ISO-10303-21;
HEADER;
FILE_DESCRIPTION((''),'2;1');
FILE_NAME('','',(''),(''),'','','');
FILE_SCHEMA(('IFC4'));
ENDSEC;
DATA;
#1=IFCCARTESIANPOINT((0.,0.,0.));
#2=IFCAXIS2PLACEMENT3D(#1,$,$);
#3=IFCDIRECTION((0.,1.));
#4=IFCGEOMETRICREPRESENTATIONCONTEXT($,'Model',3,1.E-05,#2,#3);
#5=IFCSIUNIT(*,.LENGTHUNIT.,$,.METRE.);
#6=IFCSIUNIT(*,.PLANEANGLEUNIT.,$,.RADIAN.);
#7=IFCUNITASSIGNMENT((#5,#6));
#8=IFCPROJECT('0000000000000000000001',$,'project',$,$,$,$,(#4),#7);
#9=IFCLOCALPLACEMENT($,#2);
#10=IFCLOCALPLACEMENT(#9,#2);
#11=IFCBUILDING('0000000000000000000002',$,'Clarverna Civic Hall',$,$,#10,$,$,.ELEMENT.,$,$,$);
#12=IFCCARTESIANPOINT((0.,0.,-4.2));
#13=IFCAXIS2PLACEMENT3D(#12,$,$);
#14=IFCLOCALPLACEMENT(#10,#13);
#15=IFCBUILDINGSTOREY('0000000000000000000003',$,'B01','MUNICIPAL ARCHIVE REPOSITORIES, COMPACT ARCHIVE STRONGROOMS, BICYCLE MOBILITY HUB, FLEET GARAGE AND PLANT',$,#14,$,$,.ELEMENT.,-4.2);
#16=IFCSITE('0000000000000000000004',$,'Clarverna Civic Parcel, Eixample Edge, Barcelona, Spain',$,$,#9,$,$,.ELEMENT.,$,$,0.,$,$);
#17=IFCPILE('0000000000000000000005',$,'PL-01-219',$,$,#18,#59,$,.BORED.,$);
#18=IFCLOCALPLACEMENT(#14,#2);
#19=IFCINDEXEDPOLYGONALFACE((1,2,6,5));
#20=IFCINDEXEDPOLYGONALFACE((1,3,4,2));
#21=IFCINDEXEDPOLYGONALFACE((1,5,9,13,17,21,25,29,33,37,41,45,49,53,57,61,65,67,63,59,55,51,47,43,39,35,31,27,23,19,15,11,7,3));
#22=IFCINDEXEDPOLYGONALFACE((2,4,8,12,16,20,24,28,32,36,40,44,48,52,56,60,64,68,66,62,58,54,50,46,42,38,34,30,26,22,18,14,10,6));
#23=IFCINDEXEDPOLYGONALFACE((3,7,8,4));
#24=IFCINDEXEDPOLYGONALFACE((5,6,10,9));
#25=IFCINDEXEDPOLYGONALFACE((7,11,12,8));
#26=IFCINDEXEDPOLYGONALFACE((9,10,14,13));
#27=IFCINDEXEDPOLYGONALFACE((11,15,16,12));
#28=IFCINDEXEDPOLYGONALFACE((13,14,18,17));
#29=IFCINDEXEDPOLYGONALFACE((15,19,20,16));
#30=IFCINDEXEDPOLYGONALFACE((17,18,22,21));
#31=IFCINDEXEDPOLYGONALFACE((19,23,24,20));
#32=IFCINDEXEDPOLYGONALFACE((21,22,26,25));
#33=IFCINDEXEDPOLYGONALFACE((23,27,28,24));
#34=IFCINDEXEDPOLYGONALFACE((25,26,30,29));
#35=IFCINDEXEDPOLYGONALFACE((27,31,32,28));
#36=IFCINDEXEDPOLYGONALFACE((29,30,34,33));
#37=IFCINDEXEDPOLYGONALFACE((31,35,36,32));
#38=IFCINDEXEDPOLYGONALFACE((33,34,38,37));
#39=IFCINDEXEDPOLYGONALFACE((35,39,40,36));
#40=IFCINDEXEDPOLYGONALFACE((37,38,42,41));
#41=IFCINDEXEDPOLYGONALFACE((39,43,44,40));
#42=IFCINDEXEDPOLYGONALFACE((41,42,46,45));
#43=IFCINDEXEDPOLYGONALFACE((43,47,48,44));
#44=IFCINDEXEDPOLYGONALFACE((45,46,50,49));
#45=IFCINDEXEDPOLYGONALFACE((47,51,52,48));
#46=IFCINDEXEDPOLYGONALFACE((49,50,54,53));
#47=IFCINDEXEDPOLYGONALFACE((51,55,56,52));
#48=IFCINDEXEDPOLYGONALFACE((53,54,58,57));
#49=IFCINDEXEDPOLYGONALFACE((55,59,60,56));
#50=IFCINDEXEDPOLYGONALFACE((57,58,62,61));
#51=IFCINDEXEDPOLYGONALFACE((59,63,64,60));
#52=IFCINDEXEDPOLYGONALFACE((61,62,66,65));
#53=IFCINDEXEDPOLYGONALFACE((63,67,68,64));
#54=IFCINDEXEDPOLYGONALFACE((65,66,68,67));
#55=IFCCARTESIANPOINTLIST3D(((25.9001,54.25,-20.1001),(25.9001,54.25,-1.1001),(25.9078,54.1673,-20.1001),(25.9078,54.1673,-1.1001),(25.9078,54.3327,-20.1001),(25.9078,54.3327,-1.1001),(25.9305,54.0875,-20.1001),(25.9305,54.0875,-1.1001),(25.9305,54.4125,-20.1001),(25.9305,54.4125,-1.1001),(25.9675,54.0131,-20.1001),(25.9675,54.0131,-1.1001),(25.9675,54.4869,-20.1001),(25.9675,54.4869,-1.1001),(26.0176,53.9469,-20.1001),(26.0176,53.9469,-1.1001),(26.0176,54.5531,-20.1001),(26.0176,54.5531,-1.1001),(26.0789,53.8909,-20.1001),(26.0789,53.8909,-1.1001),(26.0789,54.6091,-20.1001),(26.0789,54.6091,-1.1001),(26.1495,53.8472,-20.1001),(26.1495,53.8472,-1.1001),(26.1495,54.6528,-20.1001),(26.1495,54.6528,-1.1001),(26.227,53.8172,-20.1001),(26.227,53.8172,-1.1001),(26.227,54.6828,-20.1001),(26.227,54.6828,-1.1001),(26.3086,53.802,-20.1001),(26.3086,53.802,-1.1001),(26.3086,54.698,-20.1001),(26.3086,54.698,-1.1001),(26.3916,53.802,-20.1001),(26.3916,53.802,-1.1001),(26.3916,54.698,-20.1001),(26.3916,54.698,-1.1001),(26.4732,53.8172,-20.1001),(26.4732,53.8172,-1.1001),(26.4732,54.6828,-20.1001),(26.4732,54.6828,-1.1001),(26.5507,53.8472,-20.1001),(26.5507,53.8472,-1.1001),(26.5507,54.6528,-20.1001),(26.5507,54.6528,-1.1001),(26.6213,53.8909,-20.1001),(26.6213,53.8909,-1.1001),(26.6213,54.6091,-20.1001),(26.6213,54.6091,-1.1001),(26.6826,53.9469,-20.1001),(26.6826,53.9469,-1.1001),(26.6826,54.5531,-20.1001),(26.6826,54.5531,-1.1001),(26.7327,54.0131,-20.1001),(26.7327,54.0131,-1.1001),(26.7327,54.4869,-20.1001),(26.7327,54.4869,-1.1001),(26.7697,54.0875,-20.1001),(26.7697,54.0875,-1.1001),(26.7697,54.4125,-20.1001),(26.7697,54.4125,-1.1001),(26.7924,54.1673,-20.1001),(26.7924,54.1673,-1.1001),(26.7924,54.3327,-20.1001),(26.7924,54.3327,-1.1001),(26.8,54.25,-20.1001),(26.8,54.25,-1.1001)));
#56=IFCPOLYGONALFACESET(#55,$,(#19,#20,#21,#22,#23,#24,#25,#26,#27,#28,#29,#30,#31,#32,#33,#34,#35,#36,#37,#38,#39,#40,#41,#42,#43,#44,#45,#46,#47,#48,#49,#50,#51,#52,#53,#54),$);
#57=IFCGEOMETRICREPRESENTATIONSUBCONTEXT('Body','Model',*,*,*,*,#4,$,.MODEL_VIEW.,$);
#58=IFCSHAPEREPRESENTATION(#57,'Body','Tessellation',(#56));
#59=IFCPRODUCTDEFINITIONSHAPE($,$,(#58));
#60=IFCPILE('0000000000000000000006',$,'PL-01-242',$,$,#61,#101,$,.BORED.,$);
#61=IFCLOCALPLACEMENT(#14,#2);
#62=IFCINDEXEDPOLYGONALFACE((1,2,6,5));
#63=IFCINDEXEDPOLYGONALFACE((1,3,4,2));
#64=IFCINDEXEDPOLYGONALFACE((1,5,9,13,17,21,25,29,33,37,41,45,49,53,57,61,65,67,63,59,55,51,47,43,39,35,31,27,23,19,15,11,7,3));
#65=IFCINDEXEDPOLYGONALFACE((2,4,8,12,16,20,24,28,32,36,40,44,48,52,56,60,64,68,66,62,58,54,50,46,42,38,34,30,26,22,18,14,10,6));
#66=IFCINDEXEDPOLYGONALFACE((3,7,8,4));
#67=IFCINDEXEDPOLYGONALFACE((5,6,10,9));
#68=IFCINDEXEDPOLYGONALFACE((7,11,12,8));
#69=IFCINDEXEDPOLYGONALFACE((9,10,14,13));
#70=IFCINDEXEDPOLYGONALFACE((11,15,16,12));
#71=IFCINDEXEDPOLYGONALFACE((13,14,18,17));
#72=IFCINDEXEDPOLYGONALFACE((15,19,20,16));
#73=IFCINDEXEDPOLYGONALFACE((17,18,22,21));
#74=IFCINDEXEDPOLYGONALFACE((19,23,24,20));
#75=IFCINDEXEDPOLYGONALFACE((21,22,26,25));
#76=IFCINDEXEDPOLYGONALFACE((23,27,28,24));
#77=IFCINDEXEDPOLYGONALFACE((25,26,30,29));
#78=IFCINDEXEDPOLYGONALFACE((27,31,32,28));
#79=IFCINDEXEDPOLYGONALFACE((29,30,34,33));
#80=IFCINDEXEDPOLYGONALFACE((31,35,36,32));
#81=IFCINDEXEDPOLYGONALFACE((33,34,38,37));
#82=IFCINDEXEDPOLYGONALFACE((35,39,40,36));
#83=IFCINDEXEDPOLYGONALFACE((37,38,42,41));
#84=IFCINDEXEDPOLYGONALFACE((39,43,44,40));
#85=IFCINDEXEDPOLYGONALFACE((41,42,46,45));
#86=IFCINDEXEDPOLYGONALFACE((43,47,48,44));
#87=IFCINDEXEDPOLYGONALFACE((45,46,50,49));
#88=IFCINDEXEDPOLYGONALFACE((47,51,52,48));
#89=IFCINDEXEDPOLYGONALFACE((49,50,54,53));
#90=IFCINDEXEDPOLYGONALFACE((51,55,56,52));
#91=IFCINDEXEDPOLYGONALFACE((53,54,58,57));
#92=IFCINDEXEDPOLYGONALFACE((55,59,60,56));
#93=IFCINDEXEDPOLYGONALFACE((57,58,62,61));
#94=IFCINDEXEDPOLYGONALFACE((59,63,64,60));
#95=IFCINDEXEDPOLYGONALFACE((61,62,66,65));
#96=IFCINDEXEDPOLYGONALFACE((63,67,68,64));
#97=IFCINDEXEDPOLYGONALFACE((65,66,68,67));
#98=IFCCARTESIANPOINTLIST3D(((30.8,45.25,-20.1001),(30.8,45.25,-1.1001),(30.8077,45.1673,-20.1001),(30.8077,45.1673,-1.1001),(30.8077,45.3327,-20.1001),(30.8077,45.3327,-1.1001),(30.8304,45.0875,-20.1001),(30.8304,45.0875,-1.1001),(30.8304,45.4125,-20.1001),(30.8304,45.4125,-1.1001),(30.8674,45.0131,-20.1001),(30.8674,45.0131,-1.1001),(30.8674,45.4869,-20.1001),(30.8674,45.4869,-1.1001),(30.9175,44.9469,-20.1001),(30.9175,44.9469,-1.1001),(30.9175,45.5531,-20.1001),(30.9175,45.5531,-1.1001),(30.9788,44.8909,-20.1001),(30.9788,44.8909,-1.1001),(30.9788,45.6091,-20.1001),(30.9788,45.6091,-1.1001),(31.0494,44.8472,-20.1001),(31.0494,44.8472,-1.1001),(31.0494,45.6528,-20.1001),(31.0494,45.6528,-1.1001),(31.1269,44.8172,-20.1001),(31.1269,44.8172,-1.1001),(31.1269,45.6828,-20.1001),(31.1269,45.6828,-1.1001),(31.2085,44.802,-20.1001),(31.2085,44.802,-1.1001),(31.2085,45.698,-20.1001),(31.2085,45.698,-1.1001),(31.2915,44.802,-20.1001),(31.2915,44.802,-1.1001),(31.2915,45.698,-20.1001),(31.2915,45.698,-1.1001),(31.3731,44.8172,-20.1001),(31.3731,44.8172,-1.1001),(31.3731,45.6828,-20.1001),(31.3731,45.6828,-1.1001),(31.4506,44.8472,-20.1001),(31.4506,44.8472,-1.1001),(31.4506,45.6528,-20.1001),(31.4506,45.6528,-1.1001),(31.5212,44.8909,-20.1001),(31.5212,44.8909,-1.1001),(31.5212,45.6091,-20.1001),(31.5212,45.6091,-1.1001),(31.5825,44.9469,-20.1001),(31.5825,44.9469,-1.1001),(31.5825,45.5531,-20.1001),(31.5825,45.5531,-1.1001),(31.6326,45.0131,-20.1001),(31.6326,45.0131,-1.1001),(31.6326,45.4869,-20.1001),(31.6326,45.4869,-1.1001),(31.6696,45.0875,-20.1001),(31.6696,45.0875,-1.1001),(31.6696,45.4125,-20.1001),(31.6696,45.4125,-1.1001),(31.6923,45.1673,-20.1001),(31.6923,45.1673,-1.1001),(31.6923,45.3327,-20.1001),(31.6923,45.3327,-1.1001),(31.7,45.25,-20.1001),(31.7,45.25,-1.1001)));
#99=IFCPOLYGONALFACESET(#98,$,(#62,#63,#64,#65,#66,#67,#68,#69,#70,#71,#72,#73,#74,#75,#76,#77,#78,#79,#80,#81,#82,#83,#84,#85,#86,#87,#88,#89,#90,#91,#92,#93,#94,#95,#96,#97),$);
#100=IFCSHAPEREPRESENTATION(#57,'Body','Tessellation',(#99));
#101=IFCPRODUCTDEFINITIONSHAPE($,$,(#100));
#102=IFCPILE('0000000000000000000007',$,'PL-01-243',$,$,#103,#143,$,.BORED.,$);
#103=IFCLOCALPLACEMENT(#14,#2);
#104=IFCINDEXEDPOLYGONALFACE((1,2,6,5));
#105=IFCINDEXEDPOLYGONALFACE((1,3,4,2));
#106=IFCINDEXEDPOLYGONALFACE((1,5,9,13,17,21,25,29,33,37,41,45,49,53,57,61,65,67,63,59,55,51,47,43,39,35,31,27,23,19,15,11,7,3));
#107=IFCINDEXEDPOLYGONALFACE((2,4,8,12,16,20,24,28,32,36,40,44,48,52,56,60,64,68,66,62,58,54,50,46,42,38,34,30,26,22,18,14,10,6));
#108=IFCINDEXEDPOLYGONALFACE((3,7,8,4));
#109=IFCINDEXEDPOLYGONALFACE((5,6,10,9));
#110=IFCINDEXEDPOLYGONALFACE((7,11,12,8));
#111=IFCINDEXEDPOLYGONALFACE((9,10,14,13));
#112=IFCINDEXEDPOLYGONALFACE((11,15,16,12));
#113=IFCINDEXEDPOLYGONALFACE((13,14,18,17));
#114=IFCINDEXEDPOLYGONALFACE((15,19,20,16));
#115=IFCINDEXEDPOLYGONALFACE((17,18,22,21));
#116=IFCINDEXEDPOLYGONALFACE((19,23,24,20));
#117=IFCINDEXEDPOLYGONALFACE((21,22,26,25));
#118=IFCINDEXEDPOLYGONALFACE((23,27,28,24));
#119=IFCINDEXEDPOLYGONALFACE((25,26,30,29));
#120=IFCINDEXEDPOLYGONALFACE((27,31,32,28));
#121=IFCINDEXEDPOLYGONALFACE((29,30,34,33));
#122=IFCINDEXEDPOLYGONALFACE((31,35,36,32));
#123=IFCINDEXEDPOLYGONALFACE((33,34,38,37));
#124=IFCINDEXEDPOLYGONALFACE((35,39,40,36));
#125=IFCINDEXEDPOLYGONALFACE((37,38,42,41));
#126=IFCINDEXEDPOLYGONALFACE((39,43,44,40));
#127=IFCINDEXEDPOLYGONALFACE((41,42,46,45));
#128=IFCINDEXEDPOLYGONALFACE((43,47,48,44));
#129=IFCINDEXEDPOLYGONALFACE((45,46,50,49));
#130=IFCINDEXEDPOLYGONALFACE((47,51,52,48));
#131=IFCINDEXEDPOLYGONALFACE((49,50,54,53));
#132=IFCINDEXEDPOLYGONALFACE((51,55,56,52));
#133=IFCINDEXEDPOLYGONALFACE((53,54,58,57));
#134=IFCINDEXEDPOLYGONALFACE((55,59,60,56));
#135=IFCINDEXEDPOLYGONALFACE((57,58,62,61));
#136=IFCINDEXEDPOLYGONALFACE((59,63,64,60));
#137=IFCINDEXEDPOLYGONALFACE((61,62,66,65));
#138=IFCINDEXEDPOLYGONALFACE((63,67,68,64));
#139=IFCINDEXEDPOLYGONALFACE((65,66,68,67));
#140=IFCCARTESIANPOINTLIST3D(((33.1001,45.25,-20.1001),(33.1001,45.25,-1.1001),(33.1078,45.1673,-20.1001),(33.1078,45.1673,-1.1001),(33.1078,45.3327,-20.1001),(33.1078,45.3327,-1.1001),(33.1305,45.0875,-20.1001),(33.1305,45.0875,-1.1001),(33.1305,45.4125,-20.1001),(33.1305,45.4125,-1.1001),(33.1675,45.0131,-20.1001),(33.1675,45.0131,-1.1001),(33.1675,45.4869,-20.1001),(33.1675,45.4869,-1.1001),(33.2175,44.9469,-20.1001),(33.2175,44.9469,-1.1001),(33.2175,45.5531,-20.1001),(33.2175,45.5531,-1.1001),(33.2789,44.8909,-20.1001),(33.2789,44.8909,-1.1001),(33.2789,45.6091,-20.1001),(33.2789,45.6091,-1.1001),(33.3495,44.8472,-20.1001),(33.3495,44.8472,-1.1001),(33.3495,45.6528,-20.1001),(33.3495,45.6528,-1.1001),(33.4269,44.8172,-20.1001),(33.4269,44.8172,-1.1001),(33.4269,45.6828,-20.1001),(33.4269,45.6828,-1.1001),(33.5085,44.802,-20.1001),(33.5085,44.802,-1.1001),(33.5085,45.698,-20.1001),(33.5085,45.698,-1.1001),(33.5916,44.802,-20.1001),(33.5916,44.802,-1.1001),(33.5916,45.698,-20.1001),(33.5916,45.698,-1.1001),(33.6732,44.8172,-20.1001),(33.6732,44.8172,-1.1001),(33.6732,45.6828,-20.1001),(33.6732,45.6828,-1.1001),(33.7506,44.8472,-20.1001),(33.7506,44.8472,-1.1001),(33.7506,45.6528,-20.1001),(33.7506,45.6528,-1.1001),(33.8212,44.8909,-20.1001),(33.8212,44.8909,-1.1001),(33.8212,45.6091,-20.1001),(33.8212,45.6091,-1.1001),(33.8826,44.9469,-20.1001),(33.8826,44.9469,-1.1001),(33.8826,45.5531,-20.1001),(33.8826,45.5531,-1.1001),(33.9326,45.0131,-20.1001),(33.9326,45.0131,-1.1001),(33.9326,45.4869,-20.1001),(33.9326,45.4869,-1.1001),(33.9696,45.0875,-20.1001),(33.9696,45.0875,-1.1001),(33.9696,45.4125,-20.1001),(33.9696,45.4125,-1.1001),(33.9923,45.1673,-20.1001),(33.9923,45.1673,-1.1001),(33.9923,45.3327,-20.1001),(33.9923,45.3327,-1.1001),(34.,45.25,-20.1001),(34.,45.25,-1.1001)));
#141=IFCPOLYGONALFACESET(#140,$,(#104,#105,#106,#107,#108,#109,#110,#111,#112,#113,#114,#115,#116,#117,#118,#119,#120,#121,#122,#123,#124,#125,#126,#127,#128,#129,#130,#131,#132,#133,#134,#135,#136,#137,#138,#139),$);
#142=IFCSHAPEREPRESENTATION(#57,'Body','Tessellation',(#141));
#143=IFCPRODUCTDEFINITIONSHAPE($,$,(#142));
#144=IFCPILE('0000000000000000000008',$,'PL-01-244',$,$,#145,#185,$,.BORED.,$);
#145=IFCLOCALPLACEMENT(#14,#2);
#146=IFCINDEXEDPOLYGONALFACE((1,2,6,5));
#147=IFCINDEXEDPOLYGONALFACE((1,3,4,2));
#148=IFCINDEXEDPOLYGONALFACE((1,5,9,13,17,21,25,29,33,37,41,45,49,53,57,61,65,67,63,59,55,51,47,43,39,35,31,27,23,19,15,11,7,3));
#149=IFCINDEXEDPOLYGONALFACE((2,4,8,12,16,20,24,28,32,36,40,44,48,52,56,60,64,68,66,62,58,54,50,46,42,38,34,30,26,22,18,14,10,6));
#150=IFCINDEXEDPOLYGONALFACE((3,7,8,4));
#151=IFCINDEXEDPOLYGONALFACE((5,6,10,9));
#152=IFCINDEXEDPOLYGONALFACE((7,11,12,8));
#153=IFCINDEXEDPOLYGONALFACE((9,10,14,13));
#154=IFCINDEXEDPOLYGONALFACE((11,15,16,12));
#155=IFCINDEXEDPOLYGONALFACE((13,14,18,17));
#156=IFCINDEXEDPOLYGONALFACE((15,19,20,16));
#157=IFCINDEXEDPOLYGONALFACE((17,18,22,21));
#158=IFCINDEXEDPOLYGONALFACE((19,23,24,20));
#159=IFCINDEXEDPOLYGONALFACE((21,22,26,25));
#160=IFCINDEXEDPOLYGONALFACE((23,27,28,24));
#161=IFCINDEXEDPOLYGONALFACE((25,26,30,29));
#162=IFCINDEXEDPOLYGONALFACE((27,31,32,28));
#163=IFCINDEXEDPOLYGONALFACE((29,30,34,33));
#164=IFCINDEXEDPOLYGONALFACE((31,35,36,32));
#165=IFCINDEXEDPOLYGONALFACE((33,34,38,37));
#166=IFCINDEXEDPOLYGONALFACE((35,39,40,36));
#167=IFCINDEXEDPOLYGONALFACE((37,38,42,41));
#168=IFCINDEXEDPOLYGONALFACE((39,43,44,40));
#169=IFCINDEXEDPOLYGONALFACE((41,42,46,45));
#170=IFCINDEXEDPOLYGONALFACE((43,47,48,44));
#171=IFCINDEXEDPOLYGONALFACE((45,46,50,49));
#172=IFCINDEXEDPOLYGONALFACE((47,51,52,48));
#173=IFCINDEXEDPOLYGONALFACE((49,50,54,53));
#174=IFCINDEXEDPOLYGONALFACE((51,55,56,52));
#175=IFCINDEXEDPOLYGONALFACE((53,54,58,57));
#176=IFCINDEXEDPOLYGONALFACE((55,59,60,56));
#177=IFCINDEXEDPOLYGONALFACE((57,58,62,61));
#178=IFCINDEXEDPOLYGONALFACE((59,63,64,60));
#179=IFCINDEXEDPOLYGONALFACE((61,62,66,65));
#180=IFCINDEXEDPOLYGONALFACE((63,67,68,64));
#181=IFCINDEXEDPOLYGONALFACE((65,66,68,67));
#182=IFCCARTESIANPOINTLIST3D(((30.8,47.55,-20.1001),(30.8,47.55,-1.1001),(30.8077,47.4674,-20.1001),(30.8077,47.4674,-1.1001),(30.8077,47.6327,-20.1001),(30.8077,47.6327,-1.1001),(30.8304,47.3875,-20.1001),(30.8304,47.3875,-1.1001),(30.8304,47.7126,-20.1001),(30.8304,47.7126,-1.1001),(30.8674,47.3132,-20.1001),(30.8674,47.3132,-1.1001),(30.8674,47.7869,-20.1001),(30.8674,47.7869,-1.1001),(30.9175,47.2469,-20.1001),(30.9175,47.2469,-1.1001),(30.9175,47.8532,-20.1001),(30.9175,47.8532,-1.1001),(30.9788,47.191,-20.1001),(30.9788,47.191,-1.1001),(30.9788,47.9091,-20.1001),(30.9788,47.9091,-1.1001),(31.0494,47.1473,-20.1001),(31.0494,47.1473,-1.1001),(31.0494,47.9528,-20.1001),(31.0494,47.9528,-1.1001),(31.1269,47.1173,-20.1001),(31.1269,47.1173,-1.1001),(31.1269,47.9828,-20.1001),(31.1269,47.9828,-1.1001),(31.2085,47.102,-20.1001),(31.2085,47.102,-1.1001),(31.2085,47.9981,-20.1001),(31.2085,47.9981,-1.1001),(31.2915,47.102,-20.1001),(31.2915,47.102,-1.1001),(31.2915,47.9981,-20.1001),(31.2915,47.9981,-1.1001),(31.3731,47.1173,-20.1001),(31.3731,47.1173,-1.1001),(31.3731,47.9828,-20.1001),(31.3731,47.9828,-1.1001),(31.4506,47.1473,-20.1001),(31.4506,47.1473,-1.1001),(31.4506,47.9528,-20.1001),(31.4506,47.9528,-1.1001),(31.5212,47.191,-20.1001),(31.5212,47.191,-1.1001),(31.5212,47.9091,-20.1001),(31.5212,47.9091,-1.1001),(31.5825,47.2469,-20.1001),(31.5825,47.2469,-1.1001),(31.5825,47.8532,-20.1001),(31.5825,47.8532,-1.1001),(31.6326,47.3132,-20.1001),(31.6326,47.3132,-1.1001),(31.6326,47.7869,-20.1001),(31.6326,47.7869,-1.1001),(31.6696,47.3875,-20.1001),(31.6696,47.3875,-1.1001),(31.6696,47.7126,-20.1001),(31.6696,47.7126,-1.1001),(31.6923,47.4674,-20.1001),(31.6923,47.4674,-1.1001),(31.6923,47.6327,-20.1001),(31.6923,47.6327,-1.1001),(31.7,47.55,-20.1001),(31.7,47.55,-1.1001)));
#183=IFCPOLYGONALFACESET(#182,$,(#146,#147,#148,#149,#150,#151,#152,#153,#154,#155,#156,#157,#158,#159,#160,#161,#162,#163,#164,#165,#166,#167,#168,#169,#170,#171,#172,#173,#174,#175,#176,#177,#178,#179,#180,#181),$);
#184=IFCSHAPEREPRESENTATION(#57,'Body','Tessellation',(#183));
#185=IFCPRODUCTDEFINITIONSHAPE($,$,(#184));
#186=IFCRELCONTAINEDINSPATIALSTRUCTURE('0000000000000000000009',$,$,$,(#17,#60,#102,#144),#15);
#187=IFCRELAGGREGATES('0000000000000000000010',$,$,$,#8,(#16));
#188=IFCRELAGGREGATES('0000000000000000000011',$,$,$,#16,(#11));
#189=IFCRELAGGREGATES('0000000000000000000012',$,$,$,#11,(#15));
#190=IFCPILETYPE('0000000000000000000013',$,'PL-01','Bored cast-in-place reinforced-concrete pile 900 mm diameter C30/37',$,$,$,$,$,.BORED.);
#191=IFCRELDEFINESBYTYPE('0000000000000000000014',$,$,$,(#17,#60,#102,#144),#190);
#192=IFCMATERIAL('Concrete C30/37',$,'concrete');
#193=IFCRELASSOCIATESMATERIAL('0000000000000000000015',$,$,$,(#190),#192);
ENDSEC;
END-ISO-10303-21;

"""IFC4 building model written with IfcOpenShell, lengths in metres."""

from ifc_helpers import new_model, si_unit, direction, frame, origin, origin_2d, place, context, subcontext, project, spatial, circle, extrude, material, material_profile, profile_set, type_object, element, save


model = new_model("IFC4")

# Units and contexts
model_context = context("Model", 3, precision=1e-05, world=origin(), true_north=direction((0.0, 1.0)))
body_context = subcontext(model_context, "Body", "Model", "MODEL_VIEW")
ifc_project = project(units=[si_unit("LENGTHUNIT", "METRE"), si_unit("PLANEANGLEUNIT", "RADIAN")], contexts=[model_context])

# Site, building, storey
site_placement = place(None, origin())
site = spatial("IfcSite", under=ifc_project, at=site_placement, Name="Clarverna Civic Parcel, Eixample Edge, Barcelona, Spain", CompositionType="ELEMENT", RefElevation=0.0)
building_placement = place(site_placement, origin())
building = spatial("IfcBuilding", under=site, at=building_placement, Name="Clarverna Civic Hall", CompositionType="ELEMENT")
storey_placement = place(building_placement, frame((0.0, 0.0, -4.2)))
storey = spatial("IfcBuildingStorey", under=building, at=storey_placement, Name="B01", Description="MUNICIPAL ARCHIVE REPOSITORIES, COMPACT ARCHIVE STRONGROOMS, BICYCLE MOBILITY HUB, FLEET GARAGE AND PLANT", CompositionType="ELEMENT", Elevation=-4.2)

# Shared definitions
ifc_material_1 = material(Name="Concrete C30/37", Category="concrete")

# Piles
ifc_material_profile_1 = material_profile(ifc_material_1, circle(Radius=0.45, at=origin_2d()), Name="BORED PILE D900")
ifc_profile_set_1 = profile_set([ifc_material_profile_1], Name="Concrete C30/37")
pile_type = type_object("IfcPileType", Name="PL-01", Description="Bored cast-in-place reinforced-concrete pile 900 mm diameter C30/37", PredefinedType="BORED", material=ifc_profile_set_1)
for number, where, z_axis, x_axis, name in (
    (1, (26.3501, 54.25, -1.1001), (0.0, 0.0, -1.0), (1.0, 0.0, 0.0), "PL-01-219"),
    (2, (31.25, 45.25, -1.1001), (0.0, 0.0, -1.0), (1.0, 0.0, 0.0), "PL-01-242"),
    (3, (33.55, 45.25, -1.1001), (0.0, 0.0, -1.0), (1.0, 0.0, 0.0), "PL-01-243"),
    (4, (31.25, 47.55, -1.1001), (0.0, 0.0, -1.0), (1.0, 0.0, 0.0), "PL-01-244"),
):
    element("IfcPile", number, at=place(storey_placement, frame(where, z_axis=z_axis, x_axis=x_axis)), inside=storey, type_object=pile_type, Name=name, PredefinedType="BORED", context=body_context, shape_type="SweptSolid", body=[
        extrude(circle(Radius=0.45, at=origin_2d()), origin(), (0.0, 0.0, 1.0), 19.0),
    ])

save(model, "model.ifc")
